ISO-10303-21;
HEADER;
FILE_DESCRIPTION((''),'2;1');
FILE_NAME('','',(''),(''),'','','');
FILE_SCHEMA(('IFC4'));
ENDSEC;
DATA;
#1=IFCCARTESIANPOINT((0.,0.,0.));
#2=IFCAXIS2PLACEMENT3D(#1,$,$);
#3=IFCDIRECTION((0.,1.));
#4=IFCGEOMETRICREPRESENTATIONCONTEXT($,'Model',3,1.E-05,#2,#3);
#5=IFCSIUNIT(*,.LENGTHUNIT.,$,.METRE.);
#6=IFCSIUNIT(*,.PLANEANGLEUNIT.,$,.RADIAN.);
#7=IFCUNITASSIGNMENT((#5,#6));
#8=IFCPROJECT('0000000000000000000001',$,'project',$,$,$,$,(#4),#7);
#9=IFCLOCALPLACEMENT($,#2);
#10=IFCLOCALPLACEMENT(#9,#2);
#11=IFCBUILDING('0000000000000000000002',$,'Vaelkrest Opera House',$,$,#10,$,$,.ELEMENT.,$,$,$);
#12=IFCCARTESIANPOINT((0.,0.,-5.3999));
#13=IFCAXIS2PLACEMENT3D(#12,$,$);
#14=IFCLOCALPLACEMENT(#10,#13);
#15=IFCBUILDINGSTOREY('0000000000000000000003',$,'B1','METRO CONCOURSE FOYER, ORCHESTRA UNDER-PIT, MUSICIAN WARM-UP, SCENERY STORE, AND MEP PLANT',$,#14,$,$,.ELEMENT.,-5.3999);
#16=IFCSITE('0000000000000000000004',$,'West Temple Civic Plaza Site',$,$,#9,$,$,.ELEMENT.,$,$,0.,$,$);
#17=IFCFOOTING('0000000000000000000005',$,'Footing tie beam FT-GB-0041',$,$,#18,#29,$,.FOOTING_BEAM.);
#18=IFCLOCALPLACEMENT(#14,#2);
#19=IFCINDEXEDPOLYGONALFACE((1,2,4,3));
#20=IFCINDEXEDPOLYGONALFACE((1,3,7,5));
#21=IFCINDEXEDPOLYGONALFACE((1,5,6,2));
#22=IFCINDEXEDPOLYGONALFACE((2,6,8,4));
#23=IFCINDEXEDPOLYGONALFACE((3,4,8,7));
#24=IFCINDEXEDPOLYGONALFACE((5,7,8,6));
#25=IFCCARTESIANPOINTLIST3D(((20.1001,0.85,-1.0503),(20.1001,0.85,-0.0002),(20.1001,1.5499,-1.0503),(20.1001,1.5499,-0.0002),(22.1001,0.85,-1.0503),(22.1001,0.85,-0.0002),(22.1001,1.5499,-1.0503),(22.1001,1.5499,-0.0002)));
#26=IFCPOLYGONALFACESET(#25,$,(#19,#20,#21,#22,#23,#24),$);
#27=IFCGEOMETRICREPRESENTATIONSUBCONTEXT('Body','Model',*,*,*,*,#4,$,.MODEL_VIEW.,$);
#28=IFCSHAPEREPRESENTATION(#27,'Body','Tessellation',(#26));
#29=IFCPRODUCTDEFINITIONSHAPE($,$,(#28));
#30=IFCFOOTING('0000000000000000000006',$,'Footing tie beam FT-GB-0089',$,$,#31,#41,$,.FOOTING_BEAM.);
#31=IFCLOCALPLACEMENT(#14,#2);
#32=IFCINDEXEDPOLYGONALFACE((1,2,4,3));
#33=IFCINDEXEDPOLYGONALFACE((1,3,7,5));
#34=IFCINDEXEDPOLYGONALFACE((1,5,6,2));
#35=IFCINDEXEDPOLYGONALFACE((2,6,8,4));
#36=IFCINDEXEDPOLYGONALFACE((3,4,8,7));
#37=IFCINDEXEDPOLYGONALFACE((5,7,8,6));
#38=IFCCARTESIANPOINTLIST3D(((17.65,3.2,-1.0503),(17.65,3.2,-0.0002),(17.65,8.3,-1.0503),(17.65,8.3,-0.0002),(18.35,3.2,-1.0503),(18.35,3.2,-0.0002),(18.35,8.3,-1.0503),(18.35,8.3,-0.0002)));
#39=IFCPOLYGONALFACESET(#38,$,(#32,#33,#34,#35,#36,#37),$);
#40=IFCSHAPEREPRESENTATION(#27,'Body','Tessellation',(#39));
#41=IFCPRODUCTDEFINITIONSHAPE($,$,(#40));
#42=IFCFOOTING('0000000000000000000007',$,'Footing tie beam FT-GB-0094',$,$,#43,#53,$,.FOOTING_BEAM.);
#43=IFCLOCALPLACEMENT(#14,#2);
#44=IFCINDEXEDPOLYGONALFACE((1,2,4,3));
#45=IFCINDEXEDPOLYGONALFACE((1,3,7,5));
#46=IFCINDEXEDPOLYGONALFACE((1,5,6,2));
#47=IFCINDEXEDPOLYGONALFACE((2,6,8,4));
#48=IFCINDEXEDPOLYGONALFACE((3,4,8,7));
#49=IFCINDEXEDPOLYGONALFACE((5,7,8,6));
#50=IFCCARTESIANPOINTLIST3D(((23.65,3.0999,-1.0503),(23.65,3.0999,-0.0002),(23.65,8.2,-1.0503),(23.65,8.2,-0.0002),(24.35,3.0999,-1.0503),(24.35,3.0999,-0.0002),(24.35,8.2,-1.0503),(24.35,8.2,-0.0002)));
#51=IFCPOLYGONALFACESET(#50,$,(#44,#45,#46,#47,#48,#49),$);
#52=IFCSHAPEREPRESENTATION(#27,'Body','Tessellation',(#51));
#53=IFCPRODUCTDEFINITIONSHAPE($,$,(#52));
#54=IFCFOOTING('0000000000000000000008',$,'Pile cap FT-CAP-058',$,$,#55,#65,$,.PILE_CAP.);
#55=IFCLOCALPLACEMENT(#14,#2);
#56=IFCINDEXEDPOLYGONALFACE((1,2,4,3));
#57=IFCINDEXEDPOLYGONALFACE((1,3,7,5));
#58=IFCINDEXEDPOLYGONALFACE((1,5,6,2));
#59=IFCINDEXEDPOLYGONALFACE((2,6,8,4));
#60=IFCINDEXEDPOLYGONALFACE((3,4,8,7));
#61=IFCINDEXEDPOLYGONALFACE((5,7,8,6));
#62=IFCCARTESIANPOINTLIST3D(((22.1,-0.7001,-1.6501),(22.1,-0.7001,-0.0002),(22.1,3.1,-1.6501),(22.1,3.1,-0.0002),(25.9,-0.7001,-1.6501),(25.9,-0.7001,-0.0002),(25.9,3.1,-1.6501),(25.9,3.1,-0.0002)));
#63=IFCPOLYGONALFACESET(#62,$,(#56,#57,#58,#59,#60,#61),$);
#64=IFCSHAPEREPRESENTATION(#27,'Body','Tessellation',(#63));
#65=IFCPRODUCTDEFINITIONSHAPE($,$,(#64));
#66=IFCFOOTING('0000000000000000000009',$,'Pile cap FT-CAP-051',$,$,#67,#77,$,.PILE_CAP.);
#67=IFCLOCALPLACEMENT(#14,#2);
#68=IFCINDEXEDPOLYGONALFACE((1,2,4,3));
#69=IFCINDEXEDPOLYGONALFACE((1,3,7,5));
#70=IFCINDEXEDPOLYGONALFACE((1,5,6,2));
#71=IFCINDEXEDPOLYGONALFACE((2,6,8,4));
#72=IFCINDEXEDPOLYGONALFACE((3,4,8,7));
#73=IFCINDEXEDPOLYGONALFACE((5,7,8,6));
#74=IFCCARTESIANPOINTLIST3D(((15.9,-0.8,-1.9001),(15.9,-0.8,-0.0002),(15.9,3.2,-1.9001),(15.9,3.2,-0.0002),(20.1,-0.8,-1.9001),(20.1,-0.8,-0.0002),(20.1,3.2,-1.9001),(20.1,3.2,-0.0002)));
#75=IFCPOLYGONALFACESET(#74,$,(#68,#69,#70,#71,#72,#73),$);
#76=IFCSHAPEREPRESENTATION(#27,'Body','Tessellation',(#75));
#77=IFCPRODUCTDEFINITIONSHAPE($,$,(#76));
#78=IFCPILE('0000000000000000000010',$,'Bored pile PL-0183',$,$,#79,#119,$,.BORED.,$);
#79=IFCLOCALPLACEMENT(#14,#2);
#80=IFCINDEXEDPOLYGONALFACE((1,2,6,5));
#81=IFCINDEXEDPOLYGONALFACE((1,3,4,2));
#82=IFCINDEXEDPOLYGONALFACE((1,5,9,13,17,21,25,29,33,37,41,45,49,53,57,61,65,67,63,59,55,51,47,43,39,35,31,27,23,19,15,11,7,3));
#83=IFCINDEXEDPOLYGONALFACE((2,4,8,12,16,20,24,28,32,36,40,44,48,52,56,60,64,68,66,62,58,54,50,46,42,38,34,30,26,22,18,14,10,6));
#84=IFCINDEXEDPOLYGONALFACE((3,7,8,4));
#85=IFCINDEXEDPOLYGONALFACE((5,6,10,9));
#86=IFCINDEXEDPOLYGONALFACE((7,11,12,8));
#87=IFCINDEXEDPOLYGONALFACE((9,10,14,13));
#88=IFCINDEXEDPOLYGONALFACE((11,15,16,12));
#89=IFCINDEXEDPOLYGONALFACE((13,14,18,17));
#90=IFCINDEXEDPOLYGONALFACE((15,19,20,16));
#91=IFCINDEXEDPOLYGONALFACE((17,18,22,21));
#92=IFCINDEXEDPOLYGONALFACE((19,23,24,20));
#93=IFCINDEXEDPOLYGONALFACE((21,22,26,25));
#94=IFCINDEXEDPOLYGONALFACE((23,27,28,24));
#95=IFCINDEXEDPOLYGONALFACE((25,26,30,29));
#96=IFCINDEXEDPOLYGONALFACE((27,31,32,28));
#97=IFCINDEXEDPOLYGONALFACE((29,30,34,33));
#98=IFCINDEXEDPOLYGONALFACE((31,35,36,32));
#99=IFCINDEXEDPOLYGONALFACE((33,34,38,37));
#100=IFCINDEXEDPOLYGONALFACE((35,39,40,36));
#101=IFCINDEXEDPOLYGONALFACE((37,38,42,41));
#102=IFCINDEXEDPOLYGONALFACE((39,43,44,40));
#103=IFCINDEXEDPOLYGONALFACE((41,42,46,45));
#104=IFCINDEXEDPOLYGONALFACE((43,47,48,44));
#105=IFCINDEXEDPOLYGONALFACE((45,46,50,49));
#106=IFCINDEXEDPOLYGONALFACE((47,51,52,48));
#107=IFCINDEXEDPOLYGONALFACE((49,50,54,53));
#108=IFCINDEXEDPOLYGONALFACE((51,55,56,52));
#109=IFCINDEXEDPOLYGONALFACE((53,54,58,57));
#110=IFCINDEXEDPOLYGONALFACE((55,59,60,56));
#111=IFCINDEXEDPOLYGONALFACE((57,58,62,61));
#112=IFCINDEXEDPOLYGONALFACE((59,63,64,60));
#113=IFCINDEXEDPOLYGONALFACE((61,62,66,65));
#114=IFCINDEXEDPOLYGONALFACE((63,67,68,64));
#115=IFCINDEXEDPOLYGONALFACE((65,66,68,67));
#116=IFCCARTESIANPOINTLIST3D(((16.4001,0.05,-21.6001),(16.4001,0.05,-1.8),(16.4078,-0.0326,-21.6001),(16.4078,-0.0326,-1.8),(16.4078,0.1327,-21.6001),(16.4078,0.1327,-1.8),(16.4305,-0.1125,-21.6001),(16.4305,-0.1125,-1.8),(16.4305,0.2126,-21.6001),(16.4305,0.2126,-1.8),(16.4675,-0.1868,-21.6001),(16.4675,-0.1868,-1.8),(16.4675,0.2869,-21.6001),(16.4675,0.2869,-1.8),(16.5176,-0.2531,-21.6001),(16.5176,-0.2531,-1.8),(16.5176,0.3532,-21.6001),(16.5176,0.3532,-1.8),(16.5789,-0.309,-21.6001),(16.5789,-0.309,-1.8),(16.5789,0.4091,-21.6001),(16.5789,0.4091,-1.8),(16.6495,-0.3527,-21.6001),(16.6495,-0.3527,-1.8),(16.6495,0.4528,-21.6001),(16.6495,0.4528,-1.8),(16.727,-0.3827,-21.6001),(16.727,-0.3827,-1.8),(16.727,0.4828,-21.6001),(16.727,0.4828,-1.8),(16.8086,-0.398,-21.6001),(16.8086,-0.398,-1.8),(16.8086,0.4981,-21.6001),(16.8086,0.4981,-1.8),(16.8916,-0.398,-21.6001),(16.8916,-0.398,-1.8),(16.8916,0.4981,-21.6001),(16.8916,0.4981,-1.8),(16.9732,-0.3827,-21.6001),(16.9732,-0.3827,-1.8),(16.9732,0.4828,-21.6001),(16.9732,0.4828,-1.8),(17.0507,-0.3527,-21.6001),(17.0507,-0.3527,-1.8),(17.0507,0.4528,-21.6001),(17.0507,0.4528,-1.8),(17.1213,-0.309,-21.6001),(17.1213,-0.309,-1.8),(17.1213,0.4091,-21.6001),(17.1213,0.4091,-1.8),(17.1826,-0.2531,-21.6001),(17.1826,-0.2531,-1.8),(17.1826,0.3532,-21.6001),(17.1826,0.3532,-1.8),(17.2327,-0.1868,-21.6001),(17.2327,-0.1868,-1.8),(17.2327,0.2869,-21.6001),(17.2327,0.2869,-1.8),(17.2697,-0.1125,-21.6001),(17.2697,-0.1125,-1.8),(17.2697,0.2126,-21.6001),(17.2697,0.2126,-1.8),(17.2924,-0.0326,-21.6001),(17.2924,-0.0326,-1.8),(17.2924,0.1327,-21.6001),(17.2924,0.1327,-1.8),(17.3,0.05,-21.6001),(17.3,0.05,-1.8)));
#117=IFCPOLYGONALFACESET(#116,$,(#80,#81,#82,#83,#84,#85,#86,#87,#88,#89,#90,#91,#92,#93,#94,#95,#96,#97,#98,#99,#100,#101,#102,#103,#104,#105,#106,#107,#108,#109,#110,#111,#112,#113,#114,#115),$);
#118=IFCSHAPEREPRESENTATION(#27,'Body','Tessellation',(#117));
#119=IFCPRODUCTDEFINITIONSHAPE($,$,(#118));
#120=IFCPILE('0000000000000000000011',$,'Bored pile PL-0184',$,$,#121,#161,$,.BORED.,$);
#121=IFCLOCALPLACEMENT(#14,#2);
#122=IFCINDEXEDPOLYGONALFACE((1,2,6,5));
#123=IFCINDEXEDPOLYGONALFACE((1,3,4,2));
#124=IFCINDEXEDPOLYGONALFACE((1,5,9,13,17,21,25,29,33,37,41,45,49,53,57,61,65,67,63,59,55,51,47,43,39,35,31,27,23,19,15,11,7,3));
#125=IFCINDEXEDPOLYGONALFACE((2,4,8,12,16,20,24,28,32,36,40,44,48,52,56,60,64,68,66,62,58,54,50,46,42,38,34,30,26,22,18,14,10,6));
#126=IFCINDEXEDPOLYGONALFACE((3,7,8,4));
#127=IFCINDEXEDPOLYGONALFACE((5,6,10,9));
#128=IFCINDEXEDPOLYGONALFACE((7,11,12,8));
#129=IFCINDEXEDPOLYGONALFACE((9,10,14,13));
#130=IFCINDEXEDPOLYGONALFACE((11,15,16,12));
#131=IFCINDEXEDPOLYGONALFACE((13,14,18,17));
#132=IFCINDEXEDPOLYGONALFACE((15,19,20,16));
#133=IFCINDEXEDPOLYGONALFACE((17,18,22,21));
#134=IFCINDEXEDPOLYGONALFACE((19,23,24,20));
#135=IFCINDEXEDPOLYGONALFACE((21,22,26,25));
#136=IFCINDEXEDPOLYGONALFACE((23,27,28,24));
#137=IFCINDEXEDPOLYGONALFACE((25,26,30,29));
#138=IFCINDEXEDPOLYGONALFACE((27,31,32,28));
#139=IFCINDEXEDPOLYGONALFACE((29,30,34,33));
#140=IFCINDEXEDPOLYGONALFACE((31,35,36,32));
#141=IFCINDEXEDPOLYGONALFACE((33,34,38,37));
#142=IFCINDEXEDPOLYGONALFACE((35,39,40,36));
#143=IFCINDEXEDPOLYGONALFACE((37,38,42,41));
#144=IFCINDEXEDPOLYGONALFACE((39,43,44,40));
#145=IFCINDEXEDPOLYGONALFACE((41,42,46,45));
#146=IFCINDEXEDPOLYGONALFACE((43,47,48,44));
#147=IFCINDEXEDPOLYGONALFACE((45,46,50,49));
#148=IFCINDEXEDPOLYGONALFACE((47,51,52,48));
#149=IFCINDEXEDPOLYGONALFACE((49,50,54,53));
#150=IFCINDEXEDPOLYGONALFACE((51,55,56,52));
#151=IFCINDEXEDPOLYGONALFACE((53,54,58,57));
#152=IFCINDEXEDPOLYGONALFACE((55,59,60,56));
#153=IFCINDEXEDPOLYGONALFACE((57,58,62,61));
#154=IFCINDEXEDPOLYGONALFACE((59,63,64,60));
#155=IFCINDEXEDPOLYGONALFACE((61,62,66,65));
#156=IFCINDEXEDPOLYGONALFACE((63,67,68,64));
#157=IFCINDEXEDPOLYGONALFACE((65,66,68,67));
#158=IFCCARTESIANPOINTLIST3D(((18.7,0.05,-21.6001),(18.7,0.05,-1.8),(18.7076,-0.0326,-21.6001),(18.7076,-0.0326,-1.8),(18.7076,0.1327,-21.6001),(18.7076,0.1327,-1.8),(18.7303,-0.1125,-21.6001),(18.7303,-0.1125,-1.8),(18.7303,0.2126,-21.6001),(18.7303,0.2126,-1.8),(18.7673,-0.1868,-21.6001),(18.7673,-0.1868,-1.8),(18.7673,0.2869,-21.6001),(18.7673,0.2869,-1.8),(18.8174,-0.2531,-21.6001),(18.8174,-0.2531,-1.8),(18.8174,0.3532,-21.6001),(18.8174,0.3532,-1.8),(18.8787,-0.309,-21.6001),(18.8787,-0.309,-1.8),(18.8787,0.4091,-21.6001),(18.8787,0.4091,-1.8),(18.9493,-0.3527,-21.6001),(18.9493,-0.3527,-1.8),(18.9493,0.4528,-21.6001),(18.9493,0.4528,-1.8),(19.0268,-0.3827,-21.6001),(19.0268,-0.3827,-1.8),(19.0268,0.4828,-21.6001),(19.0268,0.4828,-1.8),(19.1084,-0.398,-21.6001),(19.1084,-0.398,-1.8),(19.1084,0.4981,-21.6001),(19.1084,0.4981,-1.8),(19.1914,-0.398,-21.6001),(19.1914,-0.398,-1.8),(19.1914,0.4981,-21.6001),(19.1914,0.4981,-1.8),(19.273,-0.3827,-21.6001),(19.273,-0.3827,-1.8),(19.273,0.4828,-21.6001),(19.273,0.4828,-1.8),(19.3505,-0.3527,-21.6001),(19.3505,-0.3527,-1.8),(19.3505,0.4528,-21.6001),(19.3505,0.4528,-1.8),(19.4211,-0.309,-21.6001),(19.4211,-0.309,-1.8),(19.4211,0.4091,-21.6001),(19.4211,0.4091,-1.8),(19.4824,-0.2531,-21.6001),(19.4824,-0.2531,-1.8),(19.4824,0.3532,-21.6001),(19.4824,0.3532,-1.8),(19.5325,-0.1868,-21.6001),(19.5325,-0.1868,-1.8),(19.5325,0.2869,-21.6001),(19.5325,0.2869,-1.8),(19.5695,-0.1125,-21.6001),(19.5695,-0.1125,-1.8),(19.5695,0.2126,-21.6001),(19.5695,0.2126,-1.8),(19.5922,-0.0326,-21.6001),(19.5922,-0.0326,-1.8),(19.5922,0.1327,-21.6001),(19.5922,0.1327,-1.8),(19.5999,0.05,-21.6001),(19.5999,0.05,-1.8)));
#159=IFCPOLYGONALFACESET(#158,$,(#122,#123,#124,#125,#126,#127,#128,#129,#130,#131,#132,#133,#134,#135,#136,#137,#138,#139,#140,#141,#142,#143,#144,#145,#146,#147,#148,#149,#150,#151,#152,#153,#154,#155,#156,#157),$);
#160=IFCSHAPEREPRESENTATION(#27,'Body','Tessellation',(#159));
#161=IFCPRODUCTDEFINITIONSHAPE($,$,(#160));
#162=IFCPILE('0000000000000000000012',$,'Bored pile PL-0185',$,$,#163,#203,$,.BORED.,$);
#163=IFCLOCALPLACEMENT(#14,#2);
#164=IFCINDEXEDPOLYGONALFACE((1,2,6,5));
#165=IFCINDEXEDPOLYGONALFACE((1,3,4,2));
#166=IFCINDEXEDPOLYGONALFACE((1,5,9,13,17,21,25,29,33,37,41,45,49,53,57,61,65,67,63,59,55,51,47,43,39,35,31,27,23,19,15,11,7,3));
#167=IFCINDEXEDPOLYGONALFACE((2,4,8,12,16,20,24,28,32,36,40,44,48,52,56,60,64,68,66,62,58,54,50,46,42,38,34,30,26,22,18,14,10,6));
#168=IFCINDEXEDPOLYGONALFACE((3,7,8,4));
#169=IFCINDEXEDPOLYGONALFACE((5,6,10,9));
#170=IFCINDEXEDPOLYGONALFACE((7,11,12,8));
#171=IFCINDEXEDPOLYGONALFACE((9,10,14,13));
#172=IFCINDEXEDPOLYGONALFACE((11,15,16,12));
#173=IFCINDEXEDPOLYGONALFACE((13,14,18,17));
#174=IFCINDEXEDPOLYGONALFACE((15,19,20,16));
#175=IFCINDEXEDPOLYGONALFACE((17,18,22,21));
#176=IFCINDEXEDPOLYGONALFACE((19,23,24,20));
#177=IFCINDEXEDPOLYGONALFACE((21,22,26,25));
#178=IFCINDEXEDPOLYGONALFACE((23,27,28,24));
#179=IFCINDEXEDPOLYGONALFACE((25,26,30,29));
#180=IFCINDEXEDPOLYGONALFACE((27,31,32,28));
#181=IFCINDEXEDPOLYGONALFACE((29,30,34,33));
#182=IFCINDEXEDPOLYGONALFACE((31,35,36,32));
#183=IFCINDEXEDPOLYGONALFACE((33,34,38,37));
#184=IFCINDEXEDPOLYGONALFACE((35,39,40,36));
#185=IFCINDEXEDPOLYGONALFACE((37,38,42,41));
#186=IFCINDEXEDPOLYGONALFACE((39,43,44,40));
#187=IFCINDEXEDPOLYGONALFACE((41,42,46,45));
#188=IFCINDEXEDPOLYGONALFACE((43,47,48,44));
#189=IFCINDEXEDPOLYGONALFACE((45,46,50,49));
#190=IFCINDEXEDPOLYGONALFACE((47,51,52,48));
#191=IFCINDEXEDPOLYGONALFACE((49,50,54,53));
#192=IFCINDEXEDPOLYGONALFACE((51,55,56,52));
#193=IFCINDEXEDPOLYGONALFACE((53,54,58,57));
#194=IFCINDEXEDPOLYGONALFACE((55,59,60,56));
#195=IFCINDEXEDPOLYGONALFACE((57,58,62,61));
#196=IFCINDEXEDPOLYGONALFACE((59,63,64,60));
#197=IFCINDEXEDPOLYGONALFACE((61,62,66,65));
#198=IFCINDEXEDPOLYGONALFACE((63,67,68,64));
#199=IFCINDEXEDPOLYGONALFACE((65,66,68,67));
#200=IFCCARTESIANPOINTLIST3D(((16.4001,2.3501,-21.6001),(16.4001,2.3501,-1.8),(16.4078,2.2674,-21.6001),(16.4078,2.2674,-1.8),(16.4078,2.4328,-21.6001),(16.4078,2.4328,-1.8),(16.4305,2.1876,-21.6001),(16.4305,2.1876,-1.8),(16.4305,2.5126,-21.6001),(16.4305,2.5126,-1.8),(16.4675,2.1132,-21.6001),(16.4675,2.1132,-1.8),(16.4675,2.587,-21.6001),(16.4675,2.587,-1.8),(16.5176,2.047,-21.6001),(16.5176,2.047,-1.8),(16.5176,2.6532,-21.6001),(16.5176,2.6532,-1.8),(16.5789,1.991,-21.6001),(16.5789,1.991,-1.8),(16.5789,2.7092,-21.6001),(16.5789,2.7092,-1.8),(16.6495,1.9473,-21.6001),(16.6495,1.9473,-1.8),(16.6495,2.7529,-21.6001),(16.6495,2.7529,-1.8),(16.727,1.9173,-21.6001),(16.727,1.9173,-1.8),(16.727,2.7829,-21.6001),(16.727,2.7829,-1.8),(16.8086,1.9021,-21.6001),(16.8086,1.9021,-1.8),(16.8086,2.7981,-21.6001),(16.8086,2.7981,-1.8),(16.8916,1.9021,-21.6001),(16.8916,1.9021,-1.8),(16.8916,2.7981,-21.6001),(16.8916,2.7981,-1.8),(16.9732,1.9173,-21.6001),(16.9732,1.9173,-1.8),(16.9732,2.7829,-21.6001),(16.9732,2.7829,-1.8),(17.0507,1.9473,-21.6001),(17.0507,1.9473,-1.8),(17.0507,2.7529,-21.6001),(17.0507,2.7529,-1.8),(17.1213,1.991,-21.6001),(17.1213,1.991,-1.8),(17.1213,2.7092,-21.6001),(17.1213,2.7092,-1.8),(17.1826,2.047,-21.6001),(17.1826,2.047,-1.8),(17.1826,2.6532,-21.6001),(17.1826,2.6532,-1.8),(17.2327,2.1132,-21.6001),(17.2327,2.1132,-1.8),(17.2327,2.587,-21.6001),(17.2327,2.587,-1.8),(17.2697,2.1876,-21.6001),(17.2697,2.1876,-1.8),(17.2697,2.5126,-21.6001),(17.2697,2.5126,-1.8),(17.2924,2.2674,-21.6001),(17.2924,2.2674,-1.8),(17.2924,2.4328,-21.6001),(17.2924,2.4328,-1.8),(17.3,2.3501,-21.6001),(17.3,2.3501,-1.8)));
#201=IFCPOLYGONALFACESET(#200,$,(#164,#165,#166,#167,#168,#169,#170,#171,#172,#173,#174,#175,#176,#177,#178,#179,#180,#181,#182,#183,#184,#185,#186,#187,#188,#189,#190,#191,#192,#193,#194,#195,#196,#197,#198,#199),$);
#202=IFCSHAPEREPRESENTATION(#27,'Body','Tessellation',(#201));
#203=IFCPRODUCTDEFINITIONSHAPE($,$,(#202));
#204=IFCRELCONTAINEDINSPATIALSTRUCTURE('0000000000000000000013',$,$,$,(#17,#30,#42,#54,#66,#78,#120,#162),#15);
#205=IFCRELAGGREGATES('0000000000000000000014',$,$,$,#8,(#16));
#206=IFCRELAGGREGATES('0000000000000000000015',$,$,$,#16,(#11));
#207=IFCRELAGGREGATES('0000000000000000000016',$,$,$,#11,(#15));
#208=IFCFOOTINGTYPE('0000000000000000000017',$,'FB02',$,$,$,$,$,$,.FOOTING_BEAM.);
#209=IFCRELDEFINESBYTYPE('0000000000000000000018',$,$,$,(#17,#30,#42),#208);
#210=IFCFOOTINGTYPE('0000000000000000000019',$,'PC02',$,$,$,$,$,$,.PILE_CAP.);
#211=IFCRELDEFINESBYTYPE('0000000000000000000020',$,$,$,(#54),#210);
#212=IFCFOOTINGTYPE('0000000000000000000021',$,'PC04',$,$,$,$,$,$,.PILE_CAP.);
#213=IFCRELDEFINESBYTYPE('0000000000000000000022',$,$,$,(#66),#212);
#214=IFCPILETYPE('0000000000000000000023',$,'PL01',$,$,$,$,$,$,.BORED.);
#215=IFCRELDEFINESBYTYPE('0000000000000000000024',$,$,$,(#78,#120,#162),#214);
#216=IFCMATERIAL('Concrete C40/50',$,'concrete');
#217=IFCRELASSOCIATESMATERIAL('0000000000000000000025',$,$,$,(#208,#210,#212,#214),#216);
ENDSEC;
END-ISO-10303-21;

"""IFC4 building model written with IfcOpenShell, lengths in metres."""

from ifc_helpers import new_model, si_unit, direction, frame, origin, origin_2d, place, context, subcontext, project, spatial, rectangle, circle, extrude, material, material_profile, profile_set, type_object, element, save


model = new_model("IFC4")

# Units and contexts
model_context = context("Model", 3, precision=1e-05, world=origin(), true_north=direction((0.0, 1.0)))
body_context = subcontext(model_context, "Body", "Model", "MODEL_VIEW")
ifc_project = project(units=[si_unit("LENGTHUNIT", "METRE"), si_unit("PLANEANGLEUNIT", "RADIAN")], contexts=[model_context])

# Site, building, storey
site_placement = place(None, origin())
site = spatial("IfcSite", under=ifc_project, at=site_placement, Name="West Temple Civic Plaza Site", CompositionType="ELEMENT", RefElevation=0.0)
building_placement = place(site_placement, origin())
building = spatial("IfcBuilding", under=site, at=building_placement, Name="Vaelkrest Opera House", CompositionType="ELEMENT")
storey_placement = place(building_placement, frame((0.0, 0.0, -5.3999)))
storey = spatial("IfcBuildingStorey", under=building, at=storey_placement, Name="B1", Description="METRO CONCOURSE FOYER, ORCHESTRA UNDER-PIT, MUSICIAN WARM-UP, SCENERY STORE, AND MEP PLANT", CompositionType="ELEMENT", Elevation=-5.3999)

# Footings
ifc_material_1 = material(Name="Concrete C40/50", Category="concrete")
footing_type_1 = type_object("IfcFootingType", Name="FB02", PredefinedType="FOOTING_BEAM", material=ifc_material_1)
footing_1_placement = place(storey_placement, frame((21.1001, 1.2, -1.0503), z_axis=(0.0, 0.0, 1.0), x_axis=(1.0, 0.0, 0.0)))
element("IfcFooting", 1, at=footing_1_placement, inside=storey, type_object=footing_type_1, Name="Footing tie beam FT-GB-0041", PredefinedType="FOOTING_BEAM", context=body_context, shape_type="SweptSolid", body=[
    extrude(rectangle(XDim=2.0, YDim=0.7, at=origin_2d()), origin(), (0.0, 0.0, 1.0), 1.05),
])
for number, where, z_axis, x_axis, name in (
    (2, (18.0, 5.75, -1.0503), (0.0, 0.0, 1.0), (0.0, 1.0, 0.0), "Footing tie beam FT-GB-0089"),
    (3, (24.0, 5.6499, -1.0503), (0.0, 0.0, 1.0), (0.0, 1.0, 0.0), "Footing tie beam FT-GB-0094"),
):
    element("IfcFooting", number, at=place(storey_placement, frame(where, z_axis=z_axis, x_axis=x_axis)), inside=storey, type_object=footing_type_1, Name=name, PredefinedType="FOOTING_BEAM", context=body_context, shape_type="SweptSolid", body=[
        extrude(rectangle(XDim=5.1001, YDim=0.7, at=origin_2d()), origin(), (0.0, 0.0, 1.0), 1.05),
    ])
footing_type_2 = type_object("IfcFootingType", Name="PC02", PredefinedType="PILE_CAP", material=ifc_material_1)
footing_2_placement = place(storey_placement, frame((24.0, 1.2, -1.6501), z_axis=(0.0, 0.0, 1.0), x_axis=(1.0, 0.0, 0.0)))
element("IfcFooting", 4, at=footing_2_placement, inside=storey, type_object=footing_type_2, Name="Pile cap FT-CAP-058", PredefinedType="PILE_CAP", context=body_context, shape_type="SweptSolid", body=[
    extrude(rectangle(XDim=3.8, YDim=3.8, at=origin_2d()), origin(), (0.0, 0.0, 1.0), 1.6499),
])
footing_type_3 = type_object("IfcFootingType", Name="PC04", PredefinedType="PILE_CAP", material=ifc_material_1)
footing_3_placement = place(storey_placement, frame((18.0, 1.2, -1.9001), z_axis=(0.0, 0.0, 1.0), x_axis=(1.0, 0.0, 0.0)))
element("IfcFooting", 5, at=footing_3_placement, inside=storey, type_object=footing_type_3, Name="Pile cap FT-CAP-051", PredefinedType="PILE_CAP", context=body_context, shape_type="SweptSolid", body=[
    extrude(rectangle(XDim=4.2, YDim=4.0, at=origin_2d()), origin(), (0.0, 0.0, 1.0), 1.8999),
])

# Piles
ifc_material_profile_1 = material_profile(ifc_material_1, circle(Radius=0.45, at=origin_2d()), Name="PILE900")
ifc_profile_set_1 = profile_set([ifc_material_profile_1], Name="Concrete C40/50")
pile_type = type_object("IfcPileType", Name="PL01", PredefinedType="BORED", material=ifc_profile_set_1)
for number, where, z_axis, x_axis, name in (
    (6, (16.8501, 0.05, -1.8), (0.0, 0.0, -1.0), (1.0, 0.0, 0.0), "Bored pile PL-0183"),
    (7, (19.1499, 0.05, -1.8), (0.0, 0.0, -1.0), (1.0, 0.0, 0.0), "Bored pile PL-0184"),
    (8, (16.8501, 2.3501, -1.8), (0.0, 0.0, -1.0), (1.0, 0.0, 0.0), "Bored pile PL-0185"),
):
    element("IfcPile", number, at=place(storey_placement, frame(where, z_axis=z_axis, x_axis=x_axis)), inside=storey, type_object=pile_type, Name=name, PredefinedType="BORED", context=body_context, shape_type="SweptSolid", body=[
        extrude(circle(Radius=0.45, at=origin_2d()), origin(), (0.0, 0.0, 1.0), 19.8),
    ])

save(model, "model.ifc")
